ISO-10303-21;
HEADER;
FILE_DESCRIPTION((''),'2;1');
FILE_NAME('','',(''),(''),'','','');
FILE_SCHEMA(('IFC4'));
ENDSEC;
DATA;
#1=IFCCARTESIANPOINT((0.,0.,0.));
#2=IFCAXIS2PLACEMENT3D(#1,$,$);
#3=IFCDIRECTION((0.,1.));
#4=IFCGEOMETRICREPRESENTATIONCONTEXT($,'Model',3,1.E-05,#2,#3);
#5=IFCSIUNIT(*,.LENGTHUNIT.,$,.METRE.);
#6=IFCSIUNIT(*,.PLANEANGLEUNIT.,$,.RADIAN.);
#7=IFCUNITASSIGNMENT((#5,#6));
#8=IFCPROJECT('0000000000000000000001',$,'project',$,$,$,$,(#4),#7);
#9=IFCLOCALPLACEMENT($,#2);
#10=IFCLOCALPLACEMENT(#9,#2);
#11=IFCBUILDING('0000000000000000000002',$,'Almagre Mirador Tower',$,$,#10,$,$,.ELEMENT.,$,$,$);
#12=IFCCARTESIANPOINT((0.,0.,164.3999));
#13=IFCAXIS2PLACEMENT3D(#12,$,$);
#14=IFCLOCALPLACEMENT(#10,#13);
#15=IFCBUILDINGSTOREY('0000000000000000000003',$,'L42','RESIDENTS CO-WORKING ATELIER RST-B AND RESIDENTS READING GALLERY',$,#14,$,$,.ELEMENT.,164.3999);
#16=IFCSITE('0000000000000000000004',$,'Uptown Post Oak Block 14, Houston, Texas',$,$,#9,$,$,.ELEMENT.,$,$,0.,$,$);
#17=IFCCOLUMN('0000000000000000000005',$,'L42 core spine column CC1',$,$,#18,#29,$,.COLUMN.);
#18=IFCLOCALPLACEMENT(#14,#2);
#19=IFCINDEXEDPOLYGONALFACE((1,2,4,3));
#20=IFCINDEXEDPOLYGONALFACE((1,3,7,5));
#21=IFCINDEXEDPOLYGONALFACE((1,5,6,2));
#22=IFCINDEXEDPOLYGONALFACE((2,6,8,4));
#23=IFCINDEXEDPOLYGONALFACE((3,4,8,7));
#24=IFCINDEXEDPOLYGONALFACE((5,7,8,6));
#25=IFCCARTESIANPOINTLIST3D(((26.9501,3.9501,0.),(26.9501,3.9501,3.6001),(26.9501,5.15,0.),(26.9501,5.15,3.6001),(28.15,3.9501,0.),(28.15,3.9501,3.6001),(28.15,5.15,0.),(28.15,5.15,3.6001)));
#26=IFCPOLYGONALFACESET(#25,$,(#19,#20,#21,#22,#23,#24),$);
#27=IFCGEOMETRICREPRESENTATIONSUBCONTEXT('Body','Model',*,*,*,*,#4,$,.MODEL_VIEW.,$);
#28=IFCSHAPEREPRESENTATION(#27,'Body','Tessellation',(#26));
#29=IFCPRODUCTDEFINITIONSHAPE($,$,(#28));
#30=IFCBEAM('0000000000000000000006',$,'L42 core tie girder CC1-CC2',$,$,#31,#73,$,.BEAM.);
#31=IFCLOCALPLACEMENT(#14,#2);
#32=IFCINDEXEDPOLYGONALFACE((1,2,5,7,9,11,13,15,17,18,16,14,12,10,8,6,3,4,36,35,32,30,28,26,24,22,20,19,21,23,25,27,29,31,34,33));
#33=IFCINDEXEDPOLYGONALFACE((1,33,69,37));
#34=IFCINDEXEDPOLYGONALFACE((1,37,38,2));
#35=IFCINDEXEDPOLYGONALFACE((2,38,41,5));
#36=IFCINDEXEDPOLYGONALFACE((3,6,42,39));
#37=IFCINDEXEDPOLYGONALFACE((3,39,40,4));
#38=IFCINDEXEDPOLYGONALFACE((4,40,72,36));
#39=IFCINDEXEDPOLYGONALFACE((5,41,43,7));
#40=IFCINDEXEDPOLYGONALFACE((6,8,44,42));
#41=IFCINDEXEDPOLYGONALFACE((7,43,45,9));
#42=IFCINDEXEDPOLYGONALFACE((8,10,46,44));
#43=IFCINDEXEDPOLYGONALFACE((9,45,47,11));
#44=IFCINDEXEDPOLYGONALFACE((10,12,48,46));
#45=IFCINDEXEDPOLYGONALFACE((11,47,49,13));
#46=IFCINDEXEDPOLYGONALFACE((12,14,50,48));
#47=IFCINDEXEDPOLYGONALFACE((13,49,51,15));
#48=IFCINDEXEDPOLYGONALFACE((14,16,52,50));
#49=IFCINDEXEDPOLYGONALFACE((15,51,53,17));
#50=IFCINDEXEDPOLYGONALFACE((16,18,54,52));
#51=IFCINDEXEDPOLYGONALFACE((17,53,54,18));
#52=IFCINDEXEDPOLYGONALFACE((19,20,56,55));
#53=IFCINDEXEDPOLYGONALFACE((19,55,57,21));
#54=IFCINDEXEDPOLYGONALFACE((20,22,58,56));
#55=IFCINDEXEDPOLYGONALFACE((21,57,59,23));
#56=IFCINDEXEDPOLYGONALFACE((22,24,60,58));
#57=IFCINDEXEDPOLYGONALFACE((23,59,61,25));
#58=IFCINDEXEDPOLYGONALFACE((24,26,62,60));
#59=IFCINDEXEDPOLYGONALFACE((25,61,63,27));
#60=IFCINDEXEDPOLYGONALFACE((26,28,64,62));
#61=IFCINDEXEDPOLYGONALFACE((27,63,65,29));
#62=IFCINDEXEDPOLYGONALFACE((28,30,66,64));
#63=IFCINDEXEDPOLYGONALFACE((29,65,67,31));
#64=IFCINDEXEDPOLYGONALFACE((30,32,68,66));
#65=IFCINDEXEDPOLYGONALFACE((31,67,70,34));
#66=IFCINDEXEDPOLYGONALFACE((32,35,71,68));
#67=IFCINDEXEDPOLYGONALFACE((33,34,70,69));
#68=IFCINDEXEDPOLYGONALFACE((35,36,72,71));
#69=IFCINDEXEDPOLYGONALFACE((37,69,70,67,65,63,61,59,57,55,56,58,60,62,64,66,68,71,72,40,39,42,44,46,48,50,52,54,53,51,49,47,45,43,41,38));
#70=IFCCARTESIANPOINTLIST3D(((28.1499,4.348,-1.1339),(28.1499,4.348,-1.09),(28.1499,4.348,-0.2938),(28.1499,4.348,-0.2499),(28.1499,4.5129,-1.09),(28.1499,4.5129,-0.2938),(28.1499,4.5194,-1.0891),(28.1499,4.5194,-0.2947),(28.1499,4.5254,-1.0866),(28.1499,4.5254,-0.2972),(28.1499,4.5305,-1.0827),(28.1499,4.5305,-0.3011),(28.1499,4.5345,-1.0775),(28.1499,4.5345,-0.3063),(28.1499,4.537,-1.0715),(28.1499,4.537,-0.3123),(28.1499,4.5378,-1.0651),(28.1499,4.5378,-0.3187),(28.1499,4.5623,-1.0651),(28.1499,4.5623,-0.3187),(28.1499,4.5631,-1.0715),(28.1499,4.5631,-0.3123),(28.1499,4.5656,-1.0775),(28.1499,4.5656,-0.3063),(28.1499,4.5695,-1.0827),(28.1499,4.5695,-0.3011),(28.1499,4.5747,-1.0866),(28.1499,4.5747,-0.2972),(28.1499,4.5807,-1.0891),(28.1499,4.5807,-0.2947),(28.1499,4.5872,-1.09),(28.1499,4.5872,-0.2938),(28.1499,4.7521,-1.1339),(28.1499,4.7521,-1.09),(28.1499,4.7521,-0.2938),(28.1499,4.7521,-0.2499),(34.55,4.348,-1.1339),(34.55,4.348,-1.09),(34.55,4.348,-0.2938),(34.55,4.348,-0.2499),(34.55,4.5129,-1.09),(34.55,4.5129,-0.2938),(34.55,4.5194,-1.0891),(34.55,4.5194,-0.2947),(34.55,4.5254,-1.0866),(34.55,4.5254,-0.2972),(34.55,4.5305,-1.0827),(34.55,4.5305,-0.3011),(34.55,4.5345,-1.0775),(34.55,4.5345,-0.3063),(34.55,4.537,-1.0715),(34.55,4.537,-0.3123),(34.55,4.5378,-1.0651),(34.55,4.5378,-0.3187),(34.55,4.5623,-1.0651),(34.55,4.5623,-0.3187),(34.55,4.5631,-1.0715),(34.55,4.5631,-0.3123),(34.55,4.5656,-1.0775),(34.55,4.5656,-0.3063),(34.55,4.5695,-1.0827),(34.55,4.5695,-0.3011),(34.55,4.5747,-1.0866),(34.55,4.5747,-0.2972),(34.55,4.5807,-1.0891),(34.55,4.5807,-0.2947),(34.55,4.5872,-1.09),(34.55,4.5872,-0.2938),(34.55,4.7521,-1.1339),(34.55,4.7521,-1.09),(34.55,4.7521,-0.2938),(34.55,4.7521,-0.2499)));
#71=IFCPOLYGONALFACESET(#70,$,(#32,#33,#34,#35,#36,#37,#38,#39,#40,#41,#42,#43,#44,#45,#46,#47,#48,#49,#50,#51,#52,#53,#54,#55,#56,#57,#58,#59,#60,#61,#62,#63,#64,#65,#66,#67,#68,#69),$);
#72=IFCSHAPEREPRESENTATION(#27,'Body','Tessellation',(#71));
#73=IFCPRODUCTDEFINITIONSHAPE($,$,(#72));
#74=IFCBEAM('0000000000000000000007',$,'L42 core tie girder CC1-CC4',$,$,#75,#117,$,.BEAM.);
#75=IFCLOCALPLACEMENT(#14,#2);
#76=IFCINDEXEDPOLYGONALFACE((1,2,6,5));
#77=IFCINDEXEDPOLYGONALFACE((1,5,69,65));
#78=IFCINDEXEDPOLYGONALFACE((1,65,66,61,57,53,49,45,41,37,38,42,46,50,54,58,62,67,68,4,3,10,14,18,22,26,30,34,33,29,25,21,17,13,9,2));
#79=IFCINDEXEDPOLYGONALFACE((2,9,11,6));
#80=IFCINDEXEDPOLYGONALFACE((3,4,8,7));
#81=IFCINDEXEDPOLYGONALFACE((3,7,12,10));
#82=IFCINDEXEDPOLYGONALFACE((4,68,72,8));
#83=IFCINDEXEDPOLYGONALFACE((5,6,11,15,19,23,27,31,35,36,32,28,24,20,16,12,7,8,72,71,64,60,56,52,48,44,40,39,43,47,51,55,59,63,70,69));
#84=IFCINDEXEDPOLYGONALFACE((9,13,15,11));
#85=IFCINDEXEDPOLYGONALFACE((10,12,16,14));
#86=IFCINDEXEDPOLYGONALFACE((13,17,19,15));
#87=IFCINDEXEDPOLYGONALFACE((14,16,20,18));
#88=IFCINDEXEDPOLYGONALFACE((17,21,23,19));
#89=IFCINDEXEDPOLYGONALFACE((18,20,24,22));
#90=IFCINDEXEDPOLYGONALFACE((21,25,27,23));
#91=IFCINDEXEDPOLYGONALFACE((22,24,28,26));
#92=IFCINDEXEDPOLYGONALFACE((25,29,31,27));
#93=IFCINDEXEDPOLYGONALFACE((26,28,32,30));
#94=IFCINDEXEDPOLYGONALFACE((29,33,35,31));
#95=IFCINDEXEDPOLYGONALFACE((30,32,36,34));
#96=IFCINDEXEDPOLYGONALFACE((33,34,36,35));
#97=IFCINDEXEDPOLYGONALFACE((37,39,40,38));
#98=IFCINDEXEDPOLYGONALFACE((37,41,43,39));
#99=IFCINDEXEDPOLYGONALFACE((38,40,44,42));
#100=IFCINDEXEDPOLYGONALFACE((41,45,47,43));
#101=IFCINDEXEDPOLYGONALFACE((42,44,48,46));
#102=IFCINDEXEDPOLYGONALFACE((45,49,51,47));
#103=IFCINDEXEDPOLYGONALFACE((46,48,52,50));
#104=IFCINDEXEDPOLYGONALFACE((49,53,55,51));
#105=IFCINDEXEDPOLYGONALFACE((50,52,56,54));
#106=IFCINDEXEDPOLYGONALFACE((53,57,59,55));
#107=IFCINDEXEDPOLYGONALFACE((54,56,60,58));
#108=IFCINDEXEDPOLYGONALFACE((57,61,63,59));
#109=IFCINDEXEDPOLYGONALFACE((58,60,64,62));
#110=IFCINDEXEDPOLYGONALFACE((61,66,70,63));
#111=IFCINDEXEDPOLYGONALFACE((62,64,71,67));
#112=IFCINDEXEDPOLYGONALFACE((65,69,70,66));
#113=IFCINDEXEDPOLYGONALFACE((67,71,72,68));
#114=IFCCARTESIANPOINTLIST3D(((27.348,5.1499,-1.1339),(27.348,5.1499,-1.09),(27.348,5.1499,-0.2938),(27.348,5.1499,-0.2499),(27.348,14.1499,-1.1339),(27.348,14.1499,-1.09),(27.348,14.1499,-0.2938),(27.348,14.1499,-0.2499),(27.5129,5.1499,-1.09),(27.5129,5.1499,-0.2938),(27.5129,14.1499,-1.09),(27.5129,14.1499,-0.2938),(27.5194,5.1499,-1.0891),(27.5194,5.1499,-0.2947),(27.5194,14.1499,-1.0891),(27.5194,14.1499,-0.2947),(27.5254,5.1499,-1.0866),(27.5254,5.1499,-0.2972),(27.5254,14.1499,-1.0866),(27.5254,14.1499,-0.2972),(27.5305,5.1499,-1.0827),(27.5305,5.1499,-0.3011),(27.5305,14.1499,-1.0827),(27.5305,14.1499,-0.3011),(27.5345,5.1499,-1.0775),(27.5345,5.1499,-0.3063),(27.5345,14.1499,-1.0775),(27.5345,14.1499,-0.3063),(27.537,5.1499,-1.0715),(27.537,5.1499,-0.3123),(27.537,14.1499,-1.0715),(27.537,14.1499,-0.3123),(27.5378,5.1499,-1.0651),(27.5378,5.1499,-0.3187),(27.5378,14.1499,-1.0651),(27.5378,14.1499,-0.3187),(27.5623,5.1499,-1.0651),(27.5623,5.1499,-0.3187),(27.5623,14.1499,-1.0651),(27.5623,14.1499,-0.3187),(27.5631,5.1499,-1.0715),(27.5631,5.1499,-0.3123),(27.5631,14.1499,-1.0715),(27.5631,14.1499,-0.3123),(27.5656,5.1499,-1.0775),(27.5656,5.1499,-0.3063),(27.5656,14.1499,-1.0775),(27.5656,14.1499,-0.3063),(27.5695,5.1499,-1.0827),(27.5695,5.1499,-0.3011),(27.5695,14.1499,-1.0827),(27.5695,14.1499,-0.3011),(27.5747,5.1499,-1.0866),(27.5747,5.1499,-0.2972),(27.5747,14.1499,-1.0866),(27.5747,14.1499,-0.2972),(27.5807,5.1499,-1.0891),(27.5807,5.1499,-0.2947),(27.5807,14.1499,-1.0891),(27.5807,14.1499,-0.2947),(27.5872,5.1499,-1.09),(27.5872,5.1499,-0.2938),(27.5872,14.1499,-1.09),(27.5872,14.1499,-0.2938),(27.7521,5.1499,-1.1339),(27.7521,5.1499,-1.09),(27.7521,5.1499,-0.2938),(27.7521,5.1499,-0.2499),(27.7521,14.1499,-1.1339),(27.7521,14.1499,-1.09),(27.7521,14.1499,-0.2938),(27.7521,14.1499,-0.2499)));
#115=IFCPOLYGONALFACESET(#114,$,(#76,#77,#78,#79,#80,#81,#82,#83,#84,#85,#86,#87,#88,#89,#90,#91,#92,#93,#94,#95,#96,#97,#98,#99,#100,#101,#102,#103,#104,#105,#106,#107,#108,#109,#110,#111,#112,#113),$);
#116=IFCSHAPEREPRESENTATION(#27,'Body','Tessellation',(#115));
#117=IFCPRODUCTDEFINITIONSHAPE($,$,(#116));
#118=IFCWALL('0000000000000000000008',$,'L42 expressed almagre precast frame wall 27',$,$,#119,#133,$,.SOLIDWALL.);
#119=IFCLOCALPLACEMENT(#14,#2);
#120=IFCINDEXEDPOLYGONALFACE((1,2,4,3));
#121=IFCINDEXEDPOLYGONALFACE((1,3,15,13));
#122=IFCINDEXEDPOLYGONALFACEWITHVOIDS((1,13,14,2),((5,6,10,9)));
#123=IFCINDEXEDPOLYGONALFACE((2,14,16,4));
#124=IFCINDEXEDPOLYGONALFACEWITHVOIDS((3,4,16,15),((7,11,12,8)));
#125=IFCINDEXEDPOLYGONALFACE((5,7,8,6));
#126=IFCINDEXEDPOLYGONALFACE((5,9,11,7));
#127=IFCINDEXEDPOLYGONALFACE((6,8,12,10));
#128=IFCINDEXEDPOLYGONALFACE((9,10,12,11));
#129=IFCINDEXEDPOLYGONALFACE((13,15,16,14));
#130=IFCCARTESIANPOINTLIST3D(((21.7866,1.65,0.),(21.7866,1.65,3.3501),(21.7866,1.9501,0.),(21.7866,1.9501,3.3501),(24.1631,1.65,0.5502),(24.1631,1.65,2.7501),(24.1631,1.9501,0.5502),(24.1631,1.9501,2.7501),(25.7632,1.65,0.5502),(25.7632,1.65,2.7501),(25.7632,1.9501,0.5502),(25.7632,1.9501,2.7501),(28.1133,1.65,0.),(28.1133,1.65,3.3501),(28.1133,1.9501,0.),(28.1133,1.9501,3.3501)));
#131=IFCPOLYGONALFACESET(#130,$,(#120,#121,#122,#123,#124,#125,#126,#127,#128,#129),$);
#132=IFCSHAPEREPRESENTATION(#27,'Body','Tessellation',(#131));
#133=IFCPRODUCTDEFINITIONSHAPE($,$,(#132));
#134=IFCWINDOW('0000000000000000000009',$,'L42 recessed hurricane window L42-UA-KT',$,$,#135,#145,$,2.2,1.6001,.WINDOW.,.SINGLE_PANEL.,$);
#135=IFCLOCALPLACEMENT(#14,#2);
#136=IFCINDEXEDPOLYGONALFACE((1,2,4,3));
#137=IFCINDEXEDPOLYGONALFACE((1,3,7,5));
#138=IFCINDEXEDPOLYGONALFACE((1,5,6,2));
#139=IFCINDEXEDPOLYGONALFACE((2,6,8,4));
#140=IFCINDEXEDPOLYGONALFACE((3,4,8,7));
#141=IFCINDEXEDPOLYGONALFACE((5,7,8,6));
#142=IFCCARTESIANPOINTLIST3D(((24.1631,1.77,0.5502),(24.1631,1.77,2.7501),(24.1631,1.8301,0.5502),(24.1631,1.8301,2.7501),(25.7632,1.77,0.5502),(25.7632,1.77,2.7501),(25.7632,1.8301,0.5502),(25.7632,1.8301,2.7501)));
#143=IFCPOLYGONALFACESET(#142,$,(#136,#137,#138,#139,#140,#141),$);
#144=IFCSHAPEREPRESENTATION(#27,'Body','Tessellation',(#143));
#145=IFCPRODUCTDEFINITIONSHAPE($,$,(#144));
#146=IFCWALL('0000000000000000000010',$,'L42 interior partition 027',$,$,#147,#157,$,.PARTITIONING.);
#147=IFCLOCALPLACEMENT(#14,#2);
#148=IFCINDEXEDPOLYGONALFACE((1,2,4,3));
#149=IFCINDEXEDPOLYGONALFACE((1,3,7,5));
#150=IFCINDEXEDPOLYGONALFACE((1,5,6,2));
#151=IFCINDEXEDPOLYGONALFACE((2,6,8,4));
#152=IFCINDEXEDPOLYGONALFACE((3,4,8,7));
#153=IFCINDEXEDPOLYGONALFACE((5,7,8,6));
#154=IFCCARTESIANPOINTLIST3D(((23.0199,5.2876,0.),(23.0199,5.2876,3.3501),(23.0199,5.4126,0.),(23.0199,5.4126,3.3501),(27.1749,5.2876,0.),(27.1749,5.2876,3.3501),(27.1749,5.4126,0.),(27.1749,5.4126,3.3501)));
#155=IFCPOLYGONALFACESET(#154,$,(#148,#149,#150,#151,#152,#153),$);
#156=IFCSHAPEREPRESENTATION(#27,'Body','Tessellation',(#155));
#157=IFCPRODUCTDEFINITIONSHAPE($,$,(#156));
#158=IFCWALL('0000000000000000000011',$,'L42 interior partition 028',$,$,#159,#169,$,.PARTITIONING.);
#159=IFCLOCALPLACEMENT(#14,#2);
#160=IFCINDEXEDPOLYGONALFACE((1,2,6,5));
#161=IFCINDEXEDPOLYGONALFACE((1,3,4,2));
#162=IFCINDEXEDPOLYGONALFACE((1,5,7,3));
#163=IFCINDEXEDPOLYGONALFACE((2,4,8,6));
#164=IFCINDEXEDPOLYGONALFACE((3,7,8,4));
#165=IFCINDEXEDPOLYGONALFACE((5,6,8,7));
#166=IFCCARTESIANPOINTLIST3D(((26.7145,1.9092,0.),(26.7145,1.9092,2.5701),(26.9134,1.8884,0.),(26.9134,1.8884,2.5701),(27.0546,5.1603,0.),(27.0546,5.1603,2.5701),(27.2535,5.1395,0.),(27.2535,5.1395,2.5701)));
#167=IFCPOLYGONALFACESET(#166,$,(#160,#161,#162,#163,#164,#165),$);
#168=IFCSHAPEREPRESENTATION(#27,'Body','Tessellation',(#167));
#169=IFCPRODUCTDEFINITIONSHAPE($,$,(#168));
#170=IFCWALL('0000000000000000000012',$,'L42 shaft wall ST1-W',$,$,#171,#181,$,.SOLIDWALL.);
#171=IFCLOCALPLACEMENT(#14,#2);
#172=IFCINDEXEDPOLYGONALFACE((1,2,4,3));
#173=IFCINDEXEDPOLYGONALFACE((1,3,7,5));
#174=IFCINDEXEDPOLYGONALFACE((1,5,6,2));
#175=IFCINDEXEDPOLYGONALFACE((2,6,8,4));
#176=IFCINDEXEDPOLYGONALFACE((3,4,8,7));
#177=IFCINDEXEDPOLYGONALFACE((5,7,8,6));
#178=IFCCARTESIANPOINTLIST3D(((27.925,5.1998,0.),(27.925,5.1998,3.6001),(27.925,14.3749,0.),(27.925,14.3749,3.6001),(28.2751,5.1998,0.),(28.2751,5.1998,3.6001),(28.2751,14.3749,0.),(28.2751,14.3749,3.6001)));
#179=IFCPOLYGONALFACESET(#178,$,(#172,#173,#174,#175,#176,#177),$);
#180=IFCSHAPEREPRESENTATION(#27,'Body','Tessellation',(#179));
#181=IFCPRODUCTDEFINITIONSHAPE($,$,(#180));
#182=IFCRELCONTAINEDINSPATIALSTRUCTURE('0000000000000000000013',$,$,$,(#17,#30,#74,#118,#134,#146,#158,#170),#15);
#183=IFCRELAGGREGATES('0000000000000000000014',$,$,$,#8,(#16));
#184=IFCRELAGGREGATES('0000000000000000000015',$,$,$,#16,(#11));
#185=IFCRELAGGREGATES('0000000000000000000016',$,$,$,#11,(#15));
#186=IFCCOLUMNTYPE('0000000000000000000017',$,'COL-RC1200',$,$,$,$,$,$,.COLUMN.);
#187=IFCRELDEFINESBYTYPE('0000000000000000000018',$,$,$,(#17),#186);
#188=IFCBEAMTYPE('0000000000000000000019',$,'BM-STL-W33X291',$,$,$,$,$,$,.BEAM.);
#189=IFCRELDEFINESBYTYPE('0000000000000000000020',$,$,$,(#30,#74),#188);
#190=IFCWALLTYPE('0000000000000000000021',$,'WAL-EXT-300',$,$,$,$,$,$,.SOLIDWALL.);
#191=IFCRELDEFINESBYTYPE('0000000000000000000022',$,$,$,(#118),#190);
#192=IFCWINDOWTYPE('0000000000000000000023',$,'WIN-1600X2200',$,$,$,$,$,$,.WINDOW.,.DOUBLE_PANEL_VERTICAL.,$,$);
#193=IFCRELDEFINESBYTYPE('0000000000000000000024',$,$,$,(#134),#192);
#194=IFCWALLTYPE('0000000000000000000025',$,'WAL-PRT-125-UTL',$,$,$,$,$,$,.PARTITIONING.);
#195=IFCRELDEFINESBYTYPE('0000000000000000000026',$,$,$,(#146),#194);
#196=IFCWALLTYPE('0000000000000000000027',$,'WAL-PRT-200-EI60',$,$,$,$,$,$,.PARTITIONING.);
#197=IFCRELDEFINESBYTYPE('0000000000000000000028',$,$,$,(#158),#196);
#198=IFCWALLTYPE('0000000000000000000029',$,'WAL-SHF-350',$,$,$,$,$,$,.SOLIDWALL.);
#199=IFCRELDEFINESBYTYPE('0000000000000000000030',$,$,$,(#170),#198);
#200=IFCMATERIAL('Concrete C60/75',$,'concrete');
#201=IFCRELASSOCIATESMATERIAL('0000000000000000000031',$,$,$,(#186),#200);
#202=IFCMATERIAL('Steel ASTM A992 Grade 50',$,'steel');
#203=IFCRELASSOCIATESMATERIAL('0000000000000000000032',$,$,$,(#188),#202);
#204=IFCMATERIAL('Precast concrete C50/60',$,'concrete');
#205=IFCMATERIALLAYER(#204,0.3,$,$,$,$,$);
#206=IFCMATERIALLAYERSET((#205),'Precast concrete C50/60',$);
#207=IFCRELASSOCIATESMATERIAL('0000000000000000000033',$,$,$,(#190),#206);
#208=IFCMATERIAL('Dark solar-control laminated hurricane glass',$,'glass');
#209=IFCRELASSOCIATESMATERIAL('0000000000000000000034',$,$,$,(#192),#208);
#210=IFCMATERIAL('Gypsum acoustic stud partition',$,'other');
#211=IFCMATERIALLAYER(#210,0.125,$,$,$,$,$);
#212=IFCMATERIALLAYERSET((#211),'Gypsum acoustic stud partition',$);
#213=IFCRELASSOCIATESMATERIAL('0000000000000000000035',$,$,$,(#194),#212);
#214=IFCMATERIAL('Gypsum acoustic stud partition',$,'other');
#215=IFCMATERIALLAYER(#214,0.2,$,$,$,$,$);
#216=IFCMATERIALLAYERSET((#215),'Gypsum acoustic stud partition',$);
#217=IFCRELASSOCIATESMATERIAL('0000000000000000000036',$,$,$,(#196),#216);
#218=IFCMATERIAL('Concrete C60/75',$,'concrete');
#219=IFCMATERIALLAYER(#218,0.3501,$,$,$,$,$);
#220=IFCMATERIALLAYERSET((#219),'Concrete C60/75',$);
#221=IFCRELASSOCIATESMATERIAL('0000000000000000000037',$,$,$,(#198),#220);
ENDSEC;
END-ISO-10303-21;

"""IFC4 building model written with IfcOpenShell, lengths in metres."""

from ifc_helpers import new_model, si_unit, direction, frame, frame_2d, origin, origin_2d, place, context, subcontext, project, spatial, rectangle, i_section, extrude, material, layer, layer_set, material_profile, profile_set, type_object, element, fill, save


model = new_model("IFC4")

# Units and contexts
model_context = context("Model", 3, precision=1e-05, world=origin(), true_north=direction((0.0, 1.0)))
body_context = subcontext(model_context, "Body", "Model", "MODEL_VIEW")
ifc_project = project(units=[si_unit("LENGTHUNIT", "METRE"), si_unit("PLANEANGLEUNIT", "RADIAN")], contexts=[model_context])

# Site, building, storey
site_placement = place(None, origin())
site = spatial("IfcSite", under=ifc_project, at=site_placement, Name="Uptown Post Oak Block 14, Houston, Texas", CompositionType="ELEMENT", RefElevation=0.0)
building_placement = place(site_placement, origin())
building = spatial("IfcBuilding", under=site, at=building_placement, Name="Almagre Mirador Tower", CompositionType="ELEMENT")
storey_placement = place(building_placement, frame((0.0, 0.0, 164.3999)))
storey = spatial("IfcBuildingStorey", under=building, at=storey_placement, Name="L42", Description="RESIDENTS CO-WORKING ATELIER RST-B AND RESIDENTS READING GALLERY", CompositionType="ELEMENT", Elevation=164.3999)

# Column
ifc_material_1 = material(Name="Concrete C60/75", Category="concrete")
ifc_material_profile_1 = material_profile(ifc_material_1, rectangle(XDim=1.2, YDim=1.2, at=origin_2d()), Name="RC1200X1200")
ifc_profile_set_1 = profile_set([ifc_material_profile_1], Name="Concrete C60/75")
column_type = type_object("IfcColumnType", Name="COL-RC1200", PredefinedType="COLUMN", material=ifc_profile_set_1)
column_placement = place(storey_placement, frame((27.55, 4.55, 0.0), z_axis=(0.0, 0.0, 1.0), x_axis=(1.0, 0.0, 0.0)))
element("IfcColumn", 1, at=column_placement, inside=storey, type_object=column_type, Name="L42 core spine column CC1", PredefinedType="COLUMN", context=body_context, shape_type="SweptSolid", body=[
    extrude(rectangle(XDim=1.2, YDim=1.2, at=origin_2d()), origin(), (0.0, 0.0, 1.0), 3.6001),
])

# Beams
ifc_material_2 = material(Name="Steel ASTM A992 Grade 50", Category="steel")
ifc_material_profile_2 = material_profile(ifc_material_2, i_section(OverallWidth=0.4041, OverallDepth=0.884, WebThickness=0.0244, FlangeThickness=0.0439, FilletRadius=0.0249, at=origin_2d()), Name="W33X291")
ifc_profile_set_2 = profile_set([ifc_material_profile_2], Name="Steel ASTM A992 Grade 50")
beam_type = type_object("IfcBeamType", Name="BM-STL-W33X291", PredefinedType="BEAM", material=ifc_profile_set_2)
beam_1_placement = place(storey_placement, frame((28.1499, 4.55, -0.6919), z_axis=(1.0, 0.0, 0.0), x_axis=(0.0, 1.0, 0.0)))
element("IfcBeam", 2, at=beam_1_placement, inside=storey, type_object=beam_type, Name="L42 core tie girder CC1-CC2", PredefinedType="BEAM", context=body_context, shape_type="SweptSolid", body=[
    extrude(i_section(OverallWidth=0.4041, OverallDepth=0.884, WebThickness=0.0244, FlangeThickness=0.0439, FilletRadius=0.0249, at=origin_2d()), origin(), (0.0, 0.0, 1.0), 6.4001),
])
beam_2_placement = place(storey_placement, frame((27.55, 5.1499, -0.6919), z_axis=(0.0, 1.0, 0.0), x_axis=(-1.0, 0.0, 0.0)))
element("IfcBeam", 3, at=beam_2_placement, inside=storey, type_object=beam_type, Name="L42 core tie girder CC1-CC4", PredefinedType="BEAM", context=body_context, shape_type="SweptSolid", body=[
    extrude(i_section(OverallWidth=0.4041, OverallDepth=0.884, WebThickness=0.0244, FlangeThickness=0.0439, FilletRadius=0.0249, at=origin_2d()), origin(), (0.0, 0.0, 1.0), 9.0),
])

# Wall, opening, window
ifc_material_3 = material(Name="Precast concrete C50/60", Category="concrete")
ifc_layer_1 = layer(ifc_material_3, 0.3)
ifc_layer_set_1 = layer_set([ifc_layer_1], Name="Precast concrete C50/60")
wall_type_1 = type_object("IfcWallType", Name="WAL-EXT-300", PredefinedType="SOLIDWALL", material=ifc_layer_set_1)
wall_1_placement = place(storey_placement, frame((28.1133, 1.8, 0.0), z_axis=(0.0, 0.0, 1.0), x_axis=(-1.0, 0.0, 0.0)))
wall_1 = element("IfcWall", 4, at=wall_1_placement, inside=storey, type_object=wall_type_1, Name="L42 expressed almagre precast frame wall 27", PredefinedType="SOLIDWALL", context=body_context, shape_type="SweptSolid", body=[
    extrude(rectangle(XDim=6.3267, YDim=0.3, at=frame_2d((3.1633, 0.0))), origin(), (0.0, 0.0, 1.0), 3.3501),
])
opening_placement = place(wall_1_placement, frame((2.3501, 0.0, 0.55)))
opening = element("IfcOpeningElement", 5, at=opening_placement, cuts=wall_1, PredefinedType="OPENING", context=body_context, shape_type="SweptSolid", body=[
    extrude(rectangle(XDim=1.6001, YDim=2.2, at=frame_2d((0.8, 1.1001))), frame((0.0, 0.1599, 0.0), z_axis=(0.0, -1.0, 0.0), x_axis=(1.0, 0.0, 0.0)), (0.0, 0.0, 1.0), 0.32),
])
ifc_material_4 = material(Name="Dark solar-control laminated hurricane glass", Category="glass")
window_type = type_object("IfcWindowType", Name="WIN-1600X2200", PartitioningType="DOUBLE_PANEL_VERTICAL", PredefinedType="WINDOW", material=ifc_material_4)
window_placement = place(opening_placement, origin())
window = element("IfcWindow", 6, at=window_placement, inside=storey, type_object=window_type, Name="L42 recessed hurricane window L42-UA-KT", OverallHeight=2.2, OverallWidth=1.6001, PartitioningType="SINGLE_PANEL", PredefinedType="WINDOW", context=body_context, shape_type="SweptSolid", body=[
    extrude(rectangle(XDim=1.6001, YDim=2.2, at=frame_2d((0.8, 1.1001))), frame((0.0, 0.03, 0.0), z_axis=(0.0, -1.0, 0.0), x_axis=(1.0, 0.0, 0.0)), (0.0, 0.0, 1.0), 0.0601),
])
fill(opening, window)

# Walls
ifc_material_5 = material(Name="Gypsum acoustic stud partition", Category="other")
ifc_layer_2 = layer(ifc_material_5, 0.125)
ifc_layer_set_2 = layer_set([ifc_layer_2], Name="Gypsum acoustic stud partition")
wall_type_2 = type_object("IfcWallType", Name="WAL-PRT-125-UTL", PredefinedType="PARTITIONING", material=ifc_layer_set_2)
wall_2_placement = place(storey_placement, frame((27.175, 5.3501, 0.0), z_axis=(0.0, 0.0, 1.0), x_axis=(-1.0, 0.0, 0.0)))
element("IfcWall", 7, at=wall_2_placement, inside=storey, type_object=wall_type_2, Name="L42 interior partition 027", PredefinedType="PARTITIONING", context=body_context, shape_type="SweptSolid", body=[
    extrude(rectangle(XDim=4.155, YDim=0.125, at=frame_2d((2.0776, 0.0))), origin(), (0.0, 0.0, 1.0), 3.3501),
])
ifc_material_6 = material(Name="Gypsum acoustic stud partition", Category="other")
ifc_layer_3 = layer(ifc_material_6, 0.2)
ifc_layer_set_3 = layer_set([ifc_layer_3], Name="Gypsum acoustic stud partition")
wall_type_3 = type_object("IfcWallType", Name="WAL-PRT-200-EI60", PredefinedType="PARTITIONING", material=ifc_layer_set_3)
wall_3_placement = place(storey_placement, frame((26.814, 1.8989, 0.0), z_axis=(0.0, 0.0, 1.0), x_axis=(0.104043, 0.994573, 0.0)))
element("IfcWall", 8, at=wall_3_placement, inside=storey, type_object=wall_type_3, Name="L42 interior partition 028", PredefinedType="PARTITIONING", context=body_context, shape_type="SweptSolid", body=[
    extrude(rectangle(XDim=3.2688, YDim=0.2, at=frame_2d((1.6343, 0.0))), origin(), (0.0, 0.0, 1.0), 2.5701),
])
ifc_material_7 = material(Name="Concrete C60/75", Category="concrete")
ifc_layer_4 = layer(ifc_material_7, 0.3501)
ifc_layer_set_4 = layer_set([ifc_layer_4], Name="Concrete C60/75")
wall_type_4 = type_object("IfcWallType", Name="WAL-SHF-350", PredefinedType="SOLIDWALL", material=ifc_layer_set_4)
wall_4_placement = place(storey_placement, frame((28.1001, 5.2, 0.0), z_axis=(0.0, 0.0, 1.0), x_axis=(0.0, 1.0, 0.0)))
element("IfcWall", 9, at=wall_4_placement, inside=storey, type_object=wall_type_4, Name="L42 shaft wall ST1-W", PredefinedType="SOLIDWALL", context=body_context, shape_type="SweptSolid", body=[
    extrude(rectangle(XDim=9.175, YDim=0.3501, at=frame_2d((4.5874, 0.0))), origin(), (0.0, 0.0, 1.0), 3.6001),
])

save(model, "model.ifc")
